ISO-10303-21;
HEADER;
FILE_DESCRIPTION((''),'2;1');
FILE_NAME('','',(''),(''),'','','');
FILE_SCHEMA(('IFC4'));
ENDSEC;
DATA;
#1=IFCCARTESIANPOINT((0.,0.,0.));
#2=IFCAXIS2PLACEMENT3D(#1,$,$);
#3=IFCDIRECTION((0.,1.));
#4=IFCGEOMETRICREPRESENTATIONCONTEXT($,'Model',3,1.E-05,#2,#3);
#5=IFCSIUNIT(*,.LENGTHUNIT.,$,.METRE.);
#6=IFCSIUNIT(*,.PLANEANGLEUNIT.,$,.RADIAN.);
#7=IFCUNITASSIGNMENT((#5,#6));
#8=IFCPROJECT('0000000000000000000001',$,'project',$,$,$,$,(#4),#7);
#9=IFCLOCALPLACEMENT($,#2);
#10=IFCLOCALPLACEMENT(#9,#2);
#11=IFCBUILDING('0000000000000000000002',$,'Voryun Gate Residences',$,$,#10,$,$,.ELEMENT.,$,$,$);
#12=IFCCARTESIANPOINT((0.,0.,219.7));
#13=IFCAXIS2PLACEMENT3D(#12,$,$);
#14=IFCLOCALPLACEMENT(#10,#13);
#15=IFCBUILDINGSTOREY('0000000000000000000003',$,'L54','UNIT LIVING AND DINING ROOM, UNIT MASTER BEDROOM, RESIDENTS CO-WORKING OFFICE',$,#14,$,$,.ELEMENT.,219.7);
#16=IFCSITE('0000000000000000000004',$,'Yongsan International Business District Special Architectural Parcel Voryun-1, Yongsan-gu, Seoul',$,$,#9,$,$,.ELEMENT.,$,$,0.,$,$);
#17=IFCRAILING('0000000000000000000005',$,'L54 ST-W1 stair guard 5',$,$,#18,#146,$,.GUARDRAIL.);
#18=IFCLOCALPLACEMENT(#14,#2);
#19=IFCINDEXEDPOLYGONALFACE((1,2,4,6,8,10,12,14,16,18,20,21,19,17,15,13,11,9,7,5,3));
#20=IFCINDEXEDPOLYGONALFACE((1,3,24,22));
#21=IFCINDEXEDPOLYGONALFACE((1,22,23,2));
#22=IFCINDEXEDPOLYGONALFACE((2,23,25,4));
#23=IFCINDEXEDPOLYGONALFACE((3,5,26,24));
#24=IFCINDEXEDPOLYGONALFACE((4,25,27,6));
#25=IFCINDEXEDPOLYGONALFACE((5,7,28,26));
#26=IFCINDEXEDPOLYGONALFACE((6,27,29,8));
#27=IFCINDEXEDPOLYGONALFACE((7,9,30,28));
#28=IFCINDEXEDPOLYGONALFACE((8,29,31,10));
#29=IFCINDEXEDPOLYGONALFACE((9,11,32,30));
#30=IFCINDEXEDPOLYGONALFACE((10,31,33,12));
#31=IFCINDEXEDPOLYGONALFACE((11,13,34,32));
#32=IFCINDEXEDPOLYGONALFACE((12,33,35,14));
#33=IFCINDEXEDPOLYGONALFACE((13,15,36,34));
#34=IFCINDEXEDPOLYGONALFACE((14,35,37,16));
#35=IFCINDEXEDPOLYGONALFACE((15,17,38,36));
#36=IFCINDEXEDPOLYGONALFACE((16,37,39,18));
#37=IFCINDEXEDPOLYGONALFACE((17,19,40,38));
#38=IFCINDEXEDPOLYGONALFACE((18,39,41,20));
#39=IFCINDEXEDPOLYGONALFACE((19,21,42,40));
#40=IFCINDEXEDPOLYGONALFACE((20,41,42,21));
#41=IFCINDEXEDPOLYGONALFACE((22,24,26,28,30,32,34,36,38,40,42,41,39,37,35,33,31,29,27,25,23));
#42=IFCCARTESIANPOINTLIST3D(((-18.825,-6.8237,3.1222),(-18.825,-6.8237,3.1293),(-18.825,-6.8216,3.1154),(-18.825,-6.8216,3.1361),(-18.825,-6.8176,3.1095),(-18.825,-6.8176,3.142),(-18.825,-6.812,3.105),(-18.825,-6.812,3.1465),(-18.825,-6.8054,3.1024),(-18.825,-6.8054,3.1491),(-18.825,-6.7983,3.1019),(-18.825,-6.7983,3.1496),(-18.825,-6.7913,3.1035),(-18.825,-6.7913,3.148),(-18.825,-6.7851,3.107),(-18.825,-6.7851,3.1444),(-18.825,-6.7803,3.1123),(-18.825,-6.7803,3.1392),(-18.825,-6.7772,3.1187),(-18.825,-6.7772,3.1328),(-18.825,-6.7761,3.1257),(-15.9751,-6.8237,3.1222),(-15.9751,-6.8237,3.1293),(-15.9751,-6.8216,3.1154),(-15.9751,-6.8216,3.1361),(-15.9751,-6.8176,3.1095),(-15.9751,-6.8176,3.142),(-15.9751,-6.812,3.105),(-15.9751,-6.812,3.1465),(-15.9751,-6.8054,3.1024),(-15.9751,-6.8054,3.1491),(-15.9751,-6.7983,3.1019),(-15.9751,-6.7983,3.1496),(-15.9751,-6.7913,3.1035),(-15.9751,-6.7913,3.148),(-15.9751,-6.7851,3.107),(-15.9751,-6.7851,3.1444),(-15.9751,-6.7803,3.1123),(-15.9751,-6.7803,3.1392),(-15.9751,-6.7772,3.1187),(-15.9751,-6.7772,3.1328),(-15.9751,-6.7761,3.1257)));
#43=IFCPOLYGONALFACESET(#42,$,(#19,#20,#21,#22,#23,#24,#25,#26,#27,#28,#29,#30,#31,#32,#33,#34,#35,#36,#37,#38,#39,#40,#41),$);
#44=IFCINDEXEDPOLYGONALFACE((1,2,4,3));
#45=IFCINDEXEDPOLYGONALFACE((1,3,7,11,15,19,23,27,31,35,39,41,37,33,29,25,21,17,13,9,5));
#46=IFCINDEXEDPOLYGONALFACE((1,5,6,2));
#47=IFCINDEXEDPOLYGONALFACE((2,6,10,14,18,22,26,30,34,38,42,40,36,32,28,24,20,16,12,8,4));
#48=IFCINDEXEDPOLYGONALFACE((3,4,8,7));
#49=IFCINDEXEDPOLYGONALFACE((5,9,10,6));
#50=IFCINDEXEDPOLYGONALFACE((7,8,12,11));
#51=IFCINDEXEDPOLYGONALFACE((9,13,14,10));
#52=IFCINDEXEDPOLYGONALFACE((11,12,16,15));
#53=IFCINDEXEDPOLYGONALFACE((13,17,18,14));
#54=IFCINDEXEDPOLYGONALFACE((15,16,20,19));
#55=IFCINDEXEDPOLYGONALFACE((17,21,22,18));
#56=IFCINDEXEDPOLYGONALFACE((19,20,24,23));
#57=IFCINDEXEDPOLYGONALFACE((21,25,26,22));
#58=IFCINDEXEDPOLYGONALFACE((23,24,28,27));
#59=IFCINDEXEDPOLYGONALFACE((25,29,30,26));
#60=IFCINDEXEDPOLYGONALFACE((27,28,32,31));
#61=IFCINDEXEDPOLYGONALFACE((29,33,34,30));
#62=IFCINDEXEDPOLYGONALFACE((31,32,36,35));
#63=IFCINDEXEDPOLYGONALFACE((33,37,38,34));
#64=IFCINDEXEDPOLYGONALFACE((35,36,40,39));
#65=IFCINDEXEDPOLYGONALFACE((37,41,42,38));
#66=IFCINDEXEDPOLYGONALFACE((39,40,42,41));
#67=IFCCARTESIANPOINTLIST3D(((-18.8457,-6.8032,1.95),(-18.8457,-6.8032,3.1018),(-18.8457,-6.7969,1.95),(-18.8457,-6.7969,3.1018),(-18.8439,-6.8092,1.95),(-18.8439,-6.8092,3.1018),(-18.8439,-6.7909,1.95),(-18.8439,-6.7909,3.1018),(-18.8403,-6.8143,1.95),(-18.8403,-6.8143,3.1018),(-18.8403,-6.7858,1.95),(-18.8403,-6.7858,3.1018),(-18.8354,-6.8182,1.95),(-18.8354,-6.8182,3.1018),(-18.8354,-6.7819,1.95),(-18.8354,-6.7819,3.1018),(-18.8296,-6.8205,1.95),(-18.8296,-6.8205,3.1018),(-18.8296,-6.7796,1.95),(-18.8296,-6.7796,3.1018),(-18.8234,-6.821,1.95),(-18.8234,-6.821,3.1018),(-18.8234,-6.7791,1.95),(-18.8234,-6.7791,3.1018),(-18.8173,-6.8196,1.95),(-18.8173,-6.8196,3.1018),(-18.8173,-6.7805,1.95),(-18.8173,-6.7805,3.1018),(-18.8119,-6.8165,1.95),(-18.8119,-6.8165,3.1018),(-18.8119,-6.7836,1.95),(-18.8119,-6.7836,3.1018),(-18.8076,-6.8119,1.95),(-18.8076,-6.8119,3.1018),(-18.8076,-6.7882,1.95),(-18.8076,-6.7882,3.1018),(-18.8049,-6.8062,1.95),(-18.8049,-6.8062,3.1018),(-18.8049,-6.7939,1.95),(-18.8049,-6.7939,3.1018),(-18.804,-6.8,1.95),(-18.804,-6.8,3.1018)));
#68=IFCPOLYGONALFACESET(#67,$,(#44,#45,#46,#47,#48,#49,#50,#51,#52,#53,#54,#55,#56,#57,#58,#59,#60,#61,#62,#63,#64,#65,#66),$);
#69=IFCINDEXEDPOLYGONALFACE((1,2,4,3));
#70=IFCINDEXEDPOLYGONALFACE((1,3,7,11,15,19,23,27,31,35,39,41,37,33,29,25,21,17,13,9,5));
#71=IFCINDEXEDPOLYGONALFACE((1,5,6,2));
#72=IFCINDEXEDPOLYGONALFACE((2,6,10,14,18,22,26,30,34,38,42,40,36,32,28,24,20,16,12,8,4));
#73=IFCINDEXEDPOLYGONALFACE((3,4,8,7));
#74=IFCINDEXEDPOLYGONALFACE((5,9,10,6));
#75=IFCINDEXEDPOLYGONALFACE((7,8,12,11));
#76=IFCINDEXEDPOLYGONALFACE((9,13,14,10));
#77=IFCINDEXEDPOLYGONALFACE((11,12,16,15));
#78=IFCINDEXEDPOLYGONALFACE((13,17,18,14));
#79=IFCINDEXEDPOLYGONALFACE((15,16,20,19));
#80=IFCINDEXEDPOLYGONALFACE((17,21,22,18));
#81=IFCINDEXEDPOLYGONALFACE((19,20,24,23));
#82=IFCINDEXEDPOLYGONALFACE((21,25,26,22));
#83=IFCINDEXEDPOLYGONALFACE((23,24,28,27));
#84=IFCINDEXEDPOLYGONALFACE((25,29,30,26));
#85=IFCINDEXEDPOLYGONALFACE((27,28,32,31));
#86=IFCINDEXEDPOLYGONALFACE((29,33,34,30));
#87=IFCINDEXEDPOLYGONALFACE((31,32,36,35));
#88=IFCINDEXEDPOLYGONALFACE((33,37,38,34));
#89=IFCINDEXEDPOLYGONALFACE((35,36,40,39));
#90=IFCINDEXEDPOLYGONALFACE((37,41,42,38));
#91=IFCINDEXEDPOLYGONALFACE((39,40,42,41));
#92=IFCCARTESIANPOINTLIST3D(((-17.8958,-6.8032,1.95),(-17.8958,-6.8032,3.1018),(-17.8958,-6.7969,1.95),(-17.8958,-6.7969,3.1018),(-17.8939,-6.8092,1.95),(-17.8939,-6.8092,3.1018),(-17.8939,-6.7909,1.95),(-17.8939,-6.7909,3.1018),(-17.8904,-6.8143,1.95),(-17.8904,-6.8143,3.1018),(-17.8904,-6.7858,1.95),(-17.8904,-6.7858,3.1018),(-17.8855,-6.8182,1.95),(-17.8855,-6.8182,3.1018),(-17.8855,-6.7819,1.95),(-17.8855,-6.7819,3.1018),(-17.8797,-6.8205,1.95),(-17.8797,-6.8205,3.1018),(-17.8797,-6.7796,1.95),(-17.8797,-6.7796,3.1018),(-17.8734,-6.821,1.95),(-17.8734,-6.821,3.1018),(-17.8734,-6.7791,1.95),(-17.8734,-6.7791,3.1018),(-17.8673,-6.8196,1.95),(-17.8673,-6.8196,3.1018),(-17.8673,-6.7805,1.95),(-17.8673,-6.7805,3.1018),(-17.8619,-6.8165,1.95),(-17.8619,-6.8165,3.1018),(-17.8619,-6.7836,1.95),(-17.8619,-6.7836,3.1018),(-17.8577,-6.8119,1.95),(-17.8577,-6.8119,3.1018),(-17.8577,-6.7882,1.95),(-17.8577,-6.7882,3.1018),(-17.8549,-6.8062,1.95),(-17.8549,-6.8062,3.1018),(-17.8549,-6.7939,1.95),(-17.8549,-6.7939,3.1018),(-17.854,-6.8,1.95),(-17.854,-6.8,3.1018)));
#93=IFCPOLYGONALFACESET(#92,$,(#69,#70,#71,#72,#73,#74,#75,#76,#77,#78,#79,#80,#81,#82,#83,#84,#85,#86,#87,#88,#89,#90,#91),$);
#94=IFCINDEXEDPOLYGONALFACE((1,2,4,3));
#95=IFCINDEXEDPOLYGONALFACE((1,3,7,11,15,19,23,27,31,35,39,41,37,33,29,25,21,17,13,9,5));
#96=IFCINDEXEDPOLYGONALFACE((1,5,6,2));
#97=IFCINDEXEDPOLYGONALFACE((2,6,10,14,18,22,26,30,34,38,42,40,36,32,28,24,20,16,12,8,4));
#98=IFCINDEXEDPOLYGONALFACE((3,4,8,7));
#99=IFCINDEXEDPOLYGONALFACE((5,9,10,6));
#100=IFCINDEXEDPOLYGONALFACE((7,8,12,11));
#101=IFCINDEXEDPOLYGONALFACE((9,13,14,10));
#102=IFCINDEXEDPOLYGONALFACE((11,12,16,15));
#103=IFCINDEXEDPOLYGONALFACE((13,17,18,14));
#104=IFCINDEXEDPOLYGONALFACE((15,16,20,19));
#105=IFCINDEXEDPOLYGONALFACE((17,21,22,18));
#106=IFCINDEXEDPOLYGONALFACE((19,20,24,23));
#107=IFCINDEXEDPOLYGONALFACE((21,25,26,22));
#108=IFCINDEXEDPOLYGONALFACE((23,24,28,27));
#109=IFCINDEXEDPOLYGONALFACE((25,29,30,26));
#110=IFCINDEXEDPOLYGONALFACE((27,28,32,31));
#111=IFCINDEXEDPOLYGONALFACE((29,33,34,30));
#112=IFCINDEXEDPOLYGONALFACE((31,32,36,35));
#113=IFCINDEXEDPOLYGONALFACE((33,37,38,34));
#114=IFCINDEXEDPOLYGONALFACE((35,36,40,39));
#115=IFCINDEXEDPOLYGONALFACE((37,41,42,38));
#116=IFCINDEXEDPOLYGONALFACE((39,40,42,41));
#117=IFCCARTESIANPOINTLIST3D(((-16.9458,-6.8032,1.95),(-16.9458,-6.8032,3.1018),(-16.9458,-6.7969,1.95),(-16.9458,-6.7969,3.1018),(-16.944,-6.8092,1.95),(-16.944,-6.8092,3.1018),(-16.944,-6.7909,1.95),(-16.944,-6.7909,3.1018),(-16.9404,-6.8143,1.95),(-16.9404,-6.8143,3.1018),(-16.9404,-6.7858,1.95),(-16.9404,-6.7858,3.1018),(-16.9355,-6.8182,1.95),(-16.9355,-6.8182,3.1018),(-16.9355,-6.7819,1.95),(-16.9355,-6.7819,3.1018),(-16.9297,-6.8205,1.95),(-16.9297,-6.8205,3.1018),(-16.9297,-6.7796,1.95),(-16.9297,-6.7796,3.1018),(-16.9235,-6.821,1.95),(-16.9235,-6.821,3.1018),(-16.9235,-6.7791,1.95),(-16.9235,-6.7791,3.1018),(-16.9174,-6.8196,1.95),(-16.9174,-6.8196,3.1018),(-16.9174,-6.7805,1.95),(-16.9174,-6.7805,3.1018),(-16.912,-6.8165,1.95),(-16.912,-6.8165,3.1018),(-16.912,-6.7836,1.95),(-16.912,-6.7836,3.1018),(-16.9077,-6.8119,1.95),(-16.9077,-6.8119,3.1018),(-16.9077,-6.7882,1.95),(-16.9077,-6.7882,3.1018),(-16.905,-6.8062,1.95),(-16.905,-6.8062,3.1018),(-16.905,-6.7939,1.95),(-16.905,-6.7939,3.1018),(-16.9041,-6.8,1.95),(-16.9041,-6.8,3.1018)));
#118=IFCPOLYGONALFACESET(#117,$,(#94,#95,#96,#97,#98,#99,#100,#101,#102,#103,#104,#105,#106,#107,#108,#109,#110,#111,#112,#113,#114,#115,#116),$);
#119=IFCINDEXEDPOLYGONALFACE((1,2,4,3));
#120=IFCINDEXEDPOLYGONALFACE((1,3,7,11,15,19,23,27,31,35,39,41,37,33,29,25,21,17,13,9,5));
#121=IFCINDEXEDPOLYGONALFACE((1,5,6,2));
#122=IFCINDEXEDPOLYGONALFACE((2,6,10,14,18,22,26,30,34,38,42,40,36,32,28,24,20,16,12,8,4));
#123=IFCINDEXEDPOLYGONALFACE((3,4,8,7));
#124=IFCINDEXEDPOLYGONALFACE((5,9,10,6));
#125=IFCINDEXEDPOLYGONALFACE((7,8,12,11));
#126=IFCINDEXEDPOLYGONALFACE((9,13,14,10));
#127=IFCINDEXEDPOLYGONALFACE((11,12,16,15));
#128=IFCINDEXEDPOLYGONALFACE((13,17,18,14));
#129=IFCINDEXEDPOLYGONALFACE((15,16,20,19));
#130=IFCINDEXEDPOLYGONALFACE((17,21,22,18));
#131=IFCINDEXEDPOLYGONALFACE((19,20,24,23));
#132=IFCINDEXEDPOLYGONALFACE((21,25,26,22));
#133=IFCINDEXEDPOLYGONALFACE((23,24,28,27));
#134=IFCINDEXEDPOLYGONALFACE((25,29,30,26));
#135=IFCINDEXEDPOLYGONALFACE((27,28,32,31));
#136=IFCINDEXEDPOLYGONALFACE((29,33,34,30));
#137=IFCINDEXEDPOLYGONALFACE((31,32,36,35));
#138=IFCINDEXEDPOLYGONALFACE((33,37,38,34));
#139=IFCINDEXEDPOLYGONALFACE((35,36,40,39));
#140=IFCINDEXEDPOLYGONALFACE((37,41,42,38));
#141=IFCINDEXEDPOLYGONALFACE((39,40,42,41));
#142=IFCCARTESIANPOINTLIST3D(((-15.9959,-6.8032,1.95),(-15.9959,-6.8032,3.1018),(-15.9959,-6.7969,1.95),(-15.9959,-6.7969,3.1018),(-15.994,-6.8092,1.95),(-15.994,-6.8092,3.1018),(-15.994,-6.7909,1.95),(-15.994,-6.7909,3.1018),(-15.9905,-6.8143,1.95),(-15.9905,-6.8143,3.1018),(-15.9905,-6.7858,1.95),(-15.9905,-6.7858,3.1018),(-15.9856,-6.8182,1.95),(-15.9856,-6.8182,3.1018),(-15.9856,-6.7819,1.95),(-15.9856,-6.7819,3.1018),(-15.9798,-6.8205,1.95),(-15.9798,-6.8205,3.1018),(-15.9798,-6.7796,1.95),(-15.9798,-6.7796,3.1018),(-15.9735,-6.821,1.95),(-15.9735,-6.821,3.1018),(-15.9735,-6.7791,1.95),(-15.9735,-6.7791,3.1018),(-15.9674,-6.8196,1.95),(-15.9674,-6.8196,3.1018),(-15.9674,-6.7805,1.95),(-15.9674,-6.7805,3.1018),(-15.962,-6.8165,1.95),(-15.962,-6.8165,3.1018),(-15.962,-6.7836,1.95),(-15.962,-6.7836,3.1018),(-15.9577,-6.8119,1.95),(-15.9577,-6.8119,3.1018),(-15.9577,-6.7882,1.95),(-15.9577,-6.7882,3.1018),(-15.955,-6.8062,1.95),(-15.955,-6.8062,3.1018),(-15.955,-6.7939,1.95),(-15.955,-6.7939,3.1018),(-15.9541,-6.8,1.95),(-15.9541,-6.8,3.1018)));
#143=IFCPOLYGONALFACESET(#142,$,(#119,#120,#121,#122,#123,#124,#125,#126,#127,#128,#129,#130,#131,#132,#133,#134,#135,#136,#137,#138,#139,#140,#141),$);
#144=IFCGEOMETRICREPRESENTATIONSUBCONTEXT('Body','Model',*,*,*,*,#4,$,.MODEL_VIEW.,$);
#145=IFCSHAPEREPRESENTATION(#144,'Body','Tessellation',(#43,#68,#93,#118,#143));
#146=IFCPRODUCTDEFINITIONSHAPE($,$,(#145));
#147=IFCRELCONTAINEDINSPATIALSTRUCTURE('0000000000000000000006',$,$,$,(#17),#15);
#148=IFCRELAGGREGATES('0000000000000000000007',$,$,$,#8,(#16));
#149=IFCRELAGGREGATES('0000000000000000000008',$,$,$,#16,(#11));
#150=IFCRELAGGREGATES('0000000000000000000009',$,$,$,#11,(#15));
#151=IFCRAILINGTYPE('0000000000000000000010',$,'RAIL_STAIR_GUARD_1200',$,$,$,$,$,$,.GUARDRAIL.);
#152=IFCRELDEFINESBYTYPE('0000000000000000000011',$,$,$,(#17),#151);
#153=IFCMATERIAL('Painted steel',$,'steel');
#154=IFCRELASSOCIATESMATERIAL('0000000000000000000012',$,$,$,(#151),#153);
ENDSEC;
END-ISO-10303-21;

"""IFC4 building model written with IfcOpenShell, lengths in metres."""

from ifc_helpers import new_model, si_unit, direction, frame, origin, origin_2d, place, context, subcontext, project, spatial, circle, extrude, material, type_object, element, save


model = new_model("IFC4")

# Units and contexts
model_context = context("Model", 3, precision=1e-05, world=origin(), true_north=direction((0.0, 1.0)))
body_context = subcontext(model_context, "Body", "Model", "MODEL_VIEW")
ifc_project = project(units=[si_unit("LENGTHUNIT", "METRE"), si_unit("PLANEANGLEUNIT", "RADIAN")], contexts=[model_context])

# Site, building, storey
site_placement = place(None, origin())
site = spatial("IfcSite", under=ifc_project, at=site_placement, Name="Yongsan International Business District Special Architectural Parcel Voryun-1, Yongsan-gu, Seoul", CompositionType="ELEMENT", RefElevation=0.0)
building_placement = place(site_placement, origin())
building = spatial("IfcBuilding", under=site, at=building_placement, Name="Voryun Gate Residences", CompositionType="ELEMENT")
storey_placement = place(building_placement, frame((0.0, 0.0, 219.7)))
storey = spatial("IfcBuildingStorey", under=building, at=storey_placement, Name="L54", Description="UNIT LIVING AND DINING ROOM, UNIT MASTER BEDROOM, RESIDENTS CO-WORKING OFFICE", CompositionType="ELEMENT", Elevation=219.7)

# Railing
ifc_material_1 = material(Name="Painted steel", Category="steel")
railing_type_1 = type_object("IfcRailingType", Name="RAIL_STAIR_GUARD_1200", PredefinedType="GUARDRAIL", material=ifc_material_1)
railing_1_placement = place(storey_placement, frame((-18.825, -6.8, 1.95)))
element("IfcRailing", 1, at=railing_1_placement, inside=storey, type_object=railing_type_1, Name="L54 ST-W1 stair guard 5", PredefinedType="GUARDRAIL", context=body_context, shape_type="SweptSolid", body=[
    extrude(circle(Radius=0.0239, at=origin_2d()), frame((0.0, 0.0, 1.1758), z_axis=(1.0, 0.0, 0.0), x_axis=(0.0, 1.0, 0.0)), (0.0, 0.0, 1.0), 2.8499),
    extrude(circle(Radius=0.021, at=origin_2d()), origin(), (0.0, 0.0, 1.0), 1.1519),
    extrude(circle(Radius=0.021, at=origin_2d()), frame((0.95, 0.0, 0.0)), (0.0, 0.0, 1.0), 1.1519),
    extrude(circle(Radius=0.021, at=origin_2d()), frame((1.8999, 0.0, 0.0)), (0.0, 0.0, 1.0), 1.1519),
    extrude(circle(Radius=0.021, at=origin_2d()), frame((2.8499, 0.0, 0.0)), (0.0, 0.0, 1.0), 1.1519),
])

save(model, "model.ifc")
